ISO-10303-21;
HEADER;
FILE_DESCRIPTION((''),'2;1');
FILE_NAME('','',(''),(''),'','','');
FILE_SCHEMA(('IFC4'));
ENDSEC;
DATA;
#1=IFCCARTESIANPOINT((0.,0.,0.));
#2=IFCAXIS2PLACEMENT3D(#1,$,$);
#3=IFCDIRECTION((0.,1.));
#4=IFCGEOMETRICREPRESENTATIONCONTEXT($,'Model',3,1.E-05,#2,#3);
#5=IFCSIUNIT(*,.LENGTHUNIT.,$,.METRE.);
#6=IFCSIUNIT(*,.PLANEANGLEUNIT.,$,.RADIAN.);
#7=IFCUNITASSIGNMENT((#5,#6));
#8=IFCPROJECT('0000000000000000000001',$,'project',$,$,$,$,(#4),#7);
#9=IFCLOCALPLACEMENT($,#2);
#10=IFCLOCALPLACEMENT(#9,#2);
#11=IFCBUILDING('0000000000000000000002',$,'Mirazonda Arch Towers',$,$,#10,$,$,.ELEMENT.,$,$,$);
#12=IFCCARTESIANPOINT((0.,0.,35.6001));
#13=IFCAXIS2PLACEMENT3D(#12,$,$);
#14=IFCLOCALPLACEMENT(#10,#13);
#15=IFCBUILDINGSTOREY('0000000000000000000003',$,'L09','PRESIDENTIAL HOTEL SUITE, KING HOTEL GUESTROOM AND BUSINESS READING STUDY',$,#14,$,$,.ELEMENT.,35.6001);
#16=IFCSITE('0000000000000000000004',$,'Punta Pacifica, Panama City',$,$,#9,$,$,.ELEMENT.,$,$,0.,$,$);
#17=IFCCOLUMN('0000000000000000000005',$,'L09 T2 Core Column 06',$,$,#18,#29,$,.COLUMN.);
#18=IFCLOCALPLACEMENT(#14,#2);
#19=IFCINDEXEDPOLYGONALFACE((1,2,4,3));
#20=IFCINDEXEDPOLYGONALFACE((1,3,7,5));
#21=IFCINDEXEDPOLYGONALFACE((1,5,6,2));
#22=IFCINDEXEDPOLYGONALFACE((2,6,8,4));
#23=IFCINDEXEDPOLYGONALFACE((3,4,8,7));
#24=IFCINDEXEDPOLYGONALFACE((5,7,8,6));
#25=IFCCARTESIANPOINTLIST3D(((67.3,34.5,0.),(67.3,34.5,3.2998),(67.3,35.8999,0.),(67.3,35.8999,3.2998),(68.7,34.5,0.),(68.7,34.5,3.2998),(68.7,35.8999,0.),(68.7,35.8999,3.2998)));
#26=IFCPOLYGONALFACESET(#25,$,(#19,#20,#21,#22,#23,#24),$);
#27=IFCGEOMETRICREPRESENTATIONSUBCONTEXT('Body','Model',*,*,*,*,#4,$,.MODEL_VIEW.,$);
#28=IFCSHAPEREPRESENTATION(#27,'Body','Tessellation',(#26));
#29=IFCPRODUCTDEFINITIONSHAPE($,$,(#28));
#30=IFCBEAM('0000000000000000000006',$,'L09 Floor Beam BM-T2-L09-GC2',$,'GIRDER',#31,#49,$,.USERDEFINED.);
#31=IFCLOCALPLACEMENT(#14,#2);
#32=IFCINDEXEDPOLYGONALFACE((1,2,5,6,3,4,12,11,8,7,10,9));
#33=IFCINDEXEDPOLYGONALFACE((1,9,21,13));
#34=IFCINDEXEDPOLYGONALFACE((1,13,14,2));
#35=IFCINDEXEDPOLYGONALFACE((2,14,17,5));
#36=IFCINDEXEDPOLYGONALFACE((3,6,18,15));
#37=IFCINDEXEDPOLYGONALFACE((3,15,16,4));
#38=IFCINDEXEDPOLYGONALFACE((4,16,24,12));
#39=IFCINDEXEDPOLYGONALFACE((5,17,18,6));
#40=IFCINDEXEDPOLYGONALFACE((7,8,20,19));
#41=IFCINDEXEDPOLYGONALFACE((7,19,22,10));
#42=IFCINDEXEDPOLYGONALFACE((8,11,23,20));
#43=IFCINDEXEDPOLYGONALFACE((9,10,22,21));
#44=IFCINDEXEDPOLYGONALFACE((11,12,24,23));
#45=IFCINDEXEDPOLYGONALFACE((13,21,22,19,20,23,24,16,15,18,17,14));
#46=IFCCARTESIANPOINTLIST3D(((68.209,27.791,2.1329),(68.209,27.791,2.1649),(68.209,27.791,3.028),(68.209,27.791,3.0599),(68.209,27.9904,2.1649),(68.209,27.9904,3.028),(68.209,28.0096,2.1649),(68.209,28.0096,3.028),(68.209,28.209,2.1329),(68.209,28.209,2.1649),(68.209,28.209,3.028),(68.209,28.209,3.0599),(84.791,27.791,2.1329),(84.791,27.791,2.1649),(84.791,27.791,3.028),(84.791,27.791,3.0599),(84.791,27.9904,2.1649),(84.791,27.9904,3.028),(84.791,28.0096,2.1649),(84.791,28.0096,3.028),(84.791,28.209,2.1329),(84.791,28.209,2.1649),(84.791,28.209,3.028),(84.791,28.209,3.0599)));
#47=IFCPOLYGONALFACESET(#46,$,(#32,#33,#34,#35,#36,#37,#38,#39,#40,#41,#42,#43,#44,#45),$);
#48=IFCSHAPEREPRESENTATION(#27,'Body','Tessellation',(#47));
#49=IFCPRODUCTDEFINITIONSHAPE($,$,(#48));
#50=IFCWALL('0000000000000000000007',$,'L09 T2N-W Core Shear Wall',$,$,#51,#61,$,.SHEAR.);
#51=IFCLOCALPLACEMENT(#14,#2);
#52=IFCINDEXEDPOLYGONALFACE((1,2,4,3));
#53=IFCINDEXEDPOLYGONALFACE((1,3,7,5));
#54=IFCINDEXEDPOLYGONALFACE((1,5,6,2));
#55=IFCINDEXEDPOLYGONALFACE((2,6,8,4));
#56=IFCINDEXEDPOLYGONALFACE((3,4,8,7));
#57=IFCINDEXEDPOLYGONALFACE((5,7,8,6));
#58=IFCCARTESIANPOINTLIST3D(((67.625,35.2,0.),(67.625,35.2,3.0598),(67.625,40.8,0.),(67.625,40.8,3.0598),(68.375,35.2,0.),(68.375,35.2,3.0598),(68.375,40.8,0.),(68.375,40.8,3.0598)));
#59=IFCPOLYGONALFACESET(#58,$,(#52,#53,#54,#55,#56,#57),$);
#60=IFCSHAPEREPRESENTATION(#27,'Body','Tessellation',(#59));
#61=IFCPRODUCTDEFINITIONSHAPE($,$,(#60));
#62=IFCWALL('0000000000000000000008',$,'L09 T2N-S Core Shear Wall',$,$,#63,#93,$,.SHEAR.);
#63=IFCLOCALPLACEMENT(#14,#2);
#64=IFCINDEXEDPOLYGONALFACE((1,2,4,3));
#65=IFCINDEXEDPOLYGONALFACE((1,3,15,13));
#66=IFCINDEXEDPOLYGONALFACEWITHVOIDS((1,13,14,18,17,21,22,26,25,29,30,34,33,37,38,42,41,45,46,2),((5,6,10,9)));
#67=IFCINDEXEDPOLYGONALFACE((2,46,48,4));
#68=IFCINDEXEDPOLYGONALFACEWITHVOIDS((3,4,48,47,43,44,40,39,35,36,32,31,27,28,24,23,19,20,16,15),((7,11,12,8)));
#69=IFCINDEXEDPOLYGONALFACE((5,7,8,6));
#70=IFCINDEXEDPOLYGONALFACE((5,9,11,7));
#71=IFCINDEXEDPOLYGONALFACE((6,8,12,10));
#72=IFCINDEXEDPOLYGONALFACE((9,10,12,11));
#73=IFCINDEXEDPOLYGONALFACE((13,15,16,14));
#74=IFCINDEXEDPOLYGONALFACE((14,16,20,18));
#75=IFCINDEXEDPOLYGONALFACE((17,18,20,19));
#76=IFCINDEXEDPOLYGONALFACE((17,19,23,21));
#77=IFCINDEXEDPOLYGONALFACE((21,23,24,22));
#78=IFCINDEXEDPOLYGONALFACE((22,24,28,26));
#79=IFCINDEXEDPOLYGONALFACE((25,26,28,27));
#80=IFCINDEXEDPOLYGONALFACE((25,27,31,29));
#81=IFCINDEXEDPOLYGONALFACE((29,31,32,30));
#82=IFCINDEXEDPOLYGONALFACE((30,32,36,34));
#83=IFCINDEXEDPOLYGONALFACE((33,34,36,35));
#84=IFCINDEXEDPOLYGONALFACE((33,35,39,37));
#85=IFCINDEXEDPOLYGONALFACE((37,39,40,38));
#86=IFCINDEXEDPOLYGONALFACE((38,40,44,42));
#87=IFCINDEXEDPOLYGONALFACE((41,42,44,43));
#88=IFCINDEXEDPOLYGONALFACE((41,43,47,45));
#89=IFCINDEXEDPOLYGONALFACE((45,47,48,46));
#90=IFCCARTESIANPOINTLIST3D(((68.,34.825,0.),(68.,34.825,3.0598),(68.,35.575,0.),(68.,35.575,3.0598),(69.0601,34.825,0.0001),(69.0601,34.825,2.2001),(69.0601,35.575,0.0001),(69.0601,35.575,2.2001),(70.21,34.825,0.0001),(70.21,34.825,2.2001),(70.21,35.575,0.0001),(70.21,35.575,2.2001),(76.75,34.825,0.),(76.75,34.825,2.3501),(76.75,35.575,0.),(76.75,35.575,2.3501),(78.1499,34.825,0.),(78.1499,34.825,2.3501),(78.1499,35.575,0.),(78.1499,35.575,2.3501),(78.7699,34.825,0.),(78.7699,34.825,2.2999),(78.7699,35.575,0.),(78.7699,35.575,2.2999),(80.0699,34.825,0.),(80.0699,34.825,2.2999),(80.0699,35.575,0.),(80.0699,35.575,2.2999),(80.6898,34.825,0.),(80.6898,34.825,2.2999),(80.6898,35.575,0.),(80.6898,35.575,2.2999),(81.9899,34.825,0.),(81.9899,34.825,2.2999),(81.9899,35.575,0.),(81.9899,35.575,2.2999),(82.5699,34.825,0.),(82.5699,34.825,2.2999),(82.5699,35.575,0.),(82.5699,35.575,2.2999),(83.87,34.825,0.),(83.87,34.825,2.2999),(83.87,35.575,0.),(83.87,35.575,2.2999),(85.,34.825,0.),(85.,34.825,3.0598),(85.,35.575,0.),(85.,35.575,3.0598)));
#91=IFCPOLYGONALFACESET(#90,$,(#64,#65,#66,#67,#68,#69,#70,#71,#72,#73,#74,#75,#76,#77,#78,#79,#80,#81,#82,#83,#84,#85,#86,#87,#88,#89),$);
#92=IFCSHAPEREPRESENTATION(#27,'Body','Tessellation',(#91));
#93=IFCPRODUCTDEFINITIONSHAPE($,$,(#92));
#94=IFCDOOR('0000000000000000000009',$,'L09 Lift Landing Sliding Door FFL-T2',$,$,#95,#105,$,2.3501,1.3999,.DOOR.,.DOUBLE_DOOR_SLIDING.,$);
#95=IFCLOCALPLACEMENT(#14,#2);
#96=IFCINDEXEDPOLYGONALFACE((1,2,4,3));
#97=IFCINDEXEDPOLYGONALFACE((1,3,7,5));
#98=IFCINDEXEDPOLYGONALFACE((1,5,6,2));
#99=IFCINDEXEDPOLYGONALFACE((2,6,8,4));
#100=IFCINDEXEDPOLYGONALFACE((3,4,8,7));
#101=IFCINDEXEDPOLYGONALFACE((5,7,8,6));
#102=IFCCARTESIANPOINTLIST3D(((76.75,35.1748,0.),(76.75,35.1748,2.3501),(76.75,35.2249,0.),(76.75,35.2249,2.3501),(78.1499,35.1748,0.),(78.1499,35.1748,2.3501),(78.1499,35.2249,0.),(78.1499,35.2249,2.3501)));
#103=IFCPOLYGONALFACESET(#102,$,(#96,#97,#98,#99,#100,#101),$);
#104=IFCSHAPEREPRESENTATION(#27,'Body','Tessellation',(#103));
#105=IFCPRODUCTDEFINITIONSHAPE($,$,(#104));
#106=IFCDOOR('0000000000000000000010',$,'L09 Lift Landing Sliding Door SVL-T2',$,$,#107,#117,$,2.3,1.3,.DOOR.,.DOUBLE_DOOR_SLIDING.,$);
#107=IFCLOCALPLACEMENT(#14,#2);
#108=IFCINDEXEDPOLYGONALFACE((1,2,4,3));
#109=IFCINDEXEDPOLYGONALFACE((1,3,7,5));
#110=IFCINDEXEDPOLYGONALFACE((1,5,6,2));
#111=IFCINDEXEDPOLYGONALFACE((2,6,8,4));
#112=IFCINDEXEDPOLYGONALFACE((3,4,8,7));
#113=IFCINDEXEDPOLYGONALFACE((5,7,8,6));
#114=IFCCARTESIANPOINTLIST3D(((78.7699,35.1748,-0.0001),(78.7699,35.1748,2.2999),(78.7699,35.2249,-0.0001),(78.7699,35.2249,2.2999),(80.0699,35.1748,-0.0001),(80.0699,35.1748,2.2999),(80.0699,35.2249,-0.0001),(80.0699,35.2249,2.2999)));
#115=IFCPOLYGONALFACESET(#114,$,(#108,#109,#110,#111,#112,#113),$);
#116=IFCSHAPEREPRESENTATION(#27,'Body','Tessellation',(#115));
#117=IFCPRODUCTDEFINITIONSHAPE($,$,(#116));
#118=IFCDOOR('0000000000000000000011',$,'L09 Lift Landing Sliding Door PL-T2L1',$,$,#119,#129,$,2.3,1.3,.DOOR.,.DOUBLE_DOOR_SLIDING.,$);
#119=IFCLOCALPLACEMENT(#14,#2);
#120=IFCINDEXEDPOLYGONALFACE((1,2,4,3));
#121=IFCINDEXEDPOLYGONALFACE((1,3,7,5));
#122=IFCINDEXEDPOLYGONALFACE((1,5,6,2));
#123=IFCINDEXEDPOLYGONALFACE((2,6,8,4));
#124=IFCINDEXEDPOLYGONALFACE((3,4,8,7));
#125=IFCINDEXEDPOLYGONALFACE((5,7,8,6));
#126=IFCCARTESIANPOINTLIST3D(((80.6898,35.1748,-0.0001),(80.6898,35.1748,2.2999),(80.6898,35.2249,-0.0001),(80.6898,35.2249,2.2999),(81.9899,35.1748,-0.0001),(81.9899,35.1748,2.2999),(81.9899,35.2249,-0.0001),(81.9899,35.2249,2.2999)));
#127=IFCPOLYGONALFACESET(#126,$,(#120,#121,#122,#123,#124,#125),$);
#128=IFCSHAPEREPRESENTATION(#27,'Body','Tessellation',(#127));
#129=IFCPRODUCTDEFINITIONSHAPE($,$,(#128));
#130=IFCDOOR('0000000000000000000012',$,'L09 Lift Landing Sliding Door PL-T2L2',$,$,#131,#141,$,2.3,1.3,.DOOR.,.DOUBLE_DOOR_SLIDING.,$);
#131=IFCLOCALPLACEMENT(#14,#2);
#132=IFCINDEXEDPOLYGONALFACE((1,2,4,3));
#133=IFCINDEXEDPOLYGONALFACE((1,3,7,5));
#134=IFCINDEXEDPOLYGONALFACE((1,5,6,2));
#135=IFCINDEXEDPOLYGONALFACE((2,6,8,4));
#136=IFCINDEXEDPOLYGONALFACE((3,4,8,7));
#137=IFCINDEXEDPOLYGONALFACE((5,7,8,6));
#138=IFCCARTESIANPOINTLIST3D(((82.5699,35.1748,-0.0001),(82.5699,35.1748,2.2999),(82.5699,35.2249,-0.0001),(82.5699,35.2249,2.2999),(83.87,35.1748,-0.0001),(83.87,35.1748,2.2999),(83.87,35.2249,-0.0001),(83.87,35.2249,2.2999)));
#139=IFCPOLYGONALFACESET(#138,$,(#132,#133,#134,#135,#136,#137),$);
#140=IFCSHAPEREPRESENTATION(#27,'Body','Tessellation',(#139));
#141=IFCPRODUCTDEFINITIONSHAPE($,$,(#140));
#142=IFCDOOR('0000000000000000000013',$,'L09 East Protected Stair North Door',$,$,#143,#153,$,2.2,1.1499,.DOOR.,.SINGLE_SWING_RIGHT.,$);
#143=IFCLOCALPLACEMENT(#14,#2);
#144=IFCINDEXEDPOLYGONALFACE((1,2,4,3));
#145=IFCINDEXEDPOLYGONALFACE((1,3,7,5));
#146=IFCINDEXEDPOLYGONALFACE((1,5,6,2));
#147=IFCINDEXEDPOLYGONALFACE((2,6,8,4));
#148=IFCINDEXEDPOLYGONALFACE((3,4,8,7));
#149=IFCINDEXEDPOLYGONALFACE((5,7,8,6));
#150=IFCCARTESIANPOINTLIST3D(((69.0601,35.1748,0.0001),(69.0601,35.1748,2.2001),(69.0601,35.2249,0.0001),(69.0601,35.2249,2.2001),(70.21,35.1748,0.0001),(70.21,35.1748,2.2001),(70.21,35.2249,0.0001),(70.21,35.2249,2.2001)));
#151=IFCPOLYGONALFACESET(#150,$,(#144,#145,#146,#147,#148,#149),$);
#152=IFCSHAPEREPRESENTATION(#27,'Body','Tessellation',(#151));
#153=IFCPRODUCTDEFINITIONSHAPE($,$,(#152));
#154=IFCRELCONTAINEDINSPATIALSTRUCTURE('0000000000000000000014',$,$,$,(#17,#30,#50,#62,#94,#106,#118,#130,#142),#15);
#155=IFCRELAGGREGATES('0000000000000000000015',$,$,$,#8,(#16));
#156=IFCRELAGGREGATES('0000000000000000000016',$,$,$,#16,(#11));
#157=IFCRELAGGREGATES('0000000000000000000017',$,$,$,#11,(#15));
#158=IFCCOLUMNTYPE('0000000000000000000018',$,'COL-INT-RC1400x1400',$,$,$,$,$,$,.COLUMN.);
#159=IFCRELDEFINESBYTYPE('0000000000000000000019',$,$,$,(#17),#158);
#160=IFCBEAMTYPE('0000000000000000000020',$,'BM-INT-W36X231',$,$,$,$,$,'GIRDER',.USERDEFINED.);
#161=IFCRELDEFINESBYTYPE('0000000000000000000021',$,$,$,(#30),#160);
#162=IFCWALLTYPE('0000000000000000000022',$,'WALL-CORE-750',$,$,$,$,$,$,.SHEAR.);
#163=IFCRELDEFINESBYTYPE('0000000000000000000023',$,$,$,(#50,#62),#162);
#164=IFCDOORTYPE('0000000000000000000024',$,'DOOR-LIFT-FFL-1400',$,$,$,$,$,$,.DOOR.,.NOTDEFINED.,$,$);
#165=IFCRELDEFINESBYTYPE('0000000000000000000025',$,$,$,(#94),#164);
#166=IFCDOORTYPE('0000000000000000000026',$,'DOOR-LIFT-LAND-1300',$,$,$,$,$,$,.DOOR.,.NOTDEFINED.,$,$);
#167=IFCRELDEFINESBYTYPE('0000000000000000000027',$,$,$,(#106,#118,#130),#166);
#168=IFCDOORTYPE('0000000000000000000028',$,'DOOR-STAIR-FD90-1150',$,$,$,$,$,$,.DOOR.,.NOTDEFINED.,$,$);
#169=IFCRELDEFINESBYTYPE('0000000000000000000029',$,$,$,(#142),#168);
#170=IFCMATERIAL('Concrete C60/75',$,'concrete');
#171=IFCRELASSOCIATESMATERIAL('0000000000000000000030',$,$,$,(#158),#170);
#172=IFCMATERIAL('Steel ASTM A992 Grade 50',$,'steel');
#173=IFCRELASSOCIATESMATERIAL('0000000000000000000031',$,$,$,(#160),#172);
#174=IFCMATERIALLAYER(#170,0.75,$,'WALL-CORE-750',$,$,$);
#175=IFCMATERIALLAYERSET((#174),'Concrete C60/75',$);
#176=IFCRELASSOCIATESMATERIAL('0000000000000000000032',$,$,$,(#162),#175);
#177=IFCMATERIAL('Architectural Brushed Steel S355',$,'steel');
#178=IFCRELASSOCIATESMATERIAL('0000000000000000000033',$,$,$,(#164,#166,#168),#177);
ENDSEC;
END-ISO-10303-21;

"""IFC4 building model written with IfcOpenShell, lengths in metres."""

from ifc_helpers import new_model, si_unit, direction, frame, frame_2d, origin, origin_2d, place, context, subcontext, project, spatial, rectangle, i_section, extrude, material, layer, layer_set, material_profile, profile_set, type_object, element, fill, save


model = new_model("IFC4")

# Units and contexts
model_context = context("Model", 3, precision=1e-05, world=origin(), true_north=direction((0.0, 1.0)))
body_context = subcontext(model_context, "Body", "Model", "MODEL_VIEW")
ifc_project = project(units=[si_unit("LENGTHUNIT", "METRE"), si_unit("PLANEANGLEUNIT", "RADIAN")], contexts=[model_context])

# Site, building, storey
site_placement = place(None, origin())
site = spatial("IfcSite", under=ifc_project, at=site_placement, Name="Punta Pacifica, Panama City", CompositionType="ELEMENT", RefElevation=0.0)
building_placement = place(site_placement, origin())
building = spatial("IfcBuilding", under=site, at=building_placement, Name="Mirazonda Arch Towers", CompositionType="ELEMENT")
storey_placement = place(building_placement, frame((0.0, 0.0, 35.6001)))
storey = spatial("IfcBuildingStorey", under=building, at=storey_placement, Name="L09", Description="PRESIDENTIAL HOTEL SUITE, KING HOTEL GUESTROOM AND BUSINESS READING STUDY", CompositionType="ELEMENT", Elevation=35.6001)

# Column
ifc_material_1 = material(Name="Concrete C60/75", Category="concrete")
ifc_material_profile_1 = material_profile(ifc_material_1, rectangle(XDim=1.3999, YDim=1.3999, at=origin_2d()), Name="RC1400x1400")
ifc_profile_set_1 = profile_set([ifc_material_profile_1], Name="Concrete C60/75")
column_type = type_object("IfcColumnType", Name="COL-INT-RC1400x1400", PredefinedType="COLUMN", material=ifc_profile_set_1)
column_placement = place(storey_placement, frame((68.0, 35.2, 0.0), z_axis=(0.0, 0.0, 1.0), x_axis=(1.0, 0.0, 0.0)))
element("IfcColumn", 1, at=column_placement, inside=storey, type_object=column_type, Name="L09 T2 Core Column 06", PredefinedType="COLUMN", context=body_context, shape_type="SweptSolid", body=[
    extrude(rectangle(XDim=1.3999, YDim=1.3999, at=origin_2d()), origin(), (0.0, 0.0, 1.0), 3.2998),
])

# Beam
ifc_material_2 = material(Name="Steel ASTM A992 Grade 50", Category="steel")
ifc_material_profile_2 = material_profile(ifc_material_2, i_section(OverallWidth=0.418, OverallDepth=0.927, WebThickness=0.0193, FlangeThickness=0.032, at=origin_2d()), Name="W36X231")
ifc_profile_set_2 = profile_set([ifc_material_profile_2], Name="Steel ASTM A992 Grade 50")
beam_type = type_object("IfcBeamType", Name="BM-INT-W36X231", ElementType="GIRDER", PredefinedType="USERDEFINED", material=ifc_profile_set_2)
beam_placement = place(storey_placement, frame((68.209, 28.0, 2.5964), z_axis=(1.0, 0.0, 0.0), x_axis=(0.0, 1.0, 0.0)))
element("IfcBeam", 2, at=beam_placement, inside=storey, type_object=beam_type, Name="L09 Floor Beam BM-T2-L09-GC2", ObjectType="GIRDER", PredefinedType="USERDEFINED", context=body_context, shape_type="SweptSolid", body=[
    extrude(i_section(OverallWidth=0.418, OverallDepth=0.927, WebThickness=0.0193, FlangeThickness=0.032, at=origin_2d()), origin(), (0.0, 0.0, 1.0), 16.582),
])

# Wall
ifc_layer_1 = layer(ifc_material_1, 0.75, Name="WALL-CORE-750")
ifc_layer_set_1 = layer_set([ifc_layer_1], Name="Concrete C60/75")
wall_type_1 = type_object("IfcWallType", Name="WALL-CORE-750", PredefinedType="SHEAR", material=ifc_layer_set_1)
wall_1_placement = place(storey_placement, frame((68.0, 35.2, 0.0), z_axis=(0.0, 0.0, 1.0), x_axis=(0.0, 1.0, 0.0)))
element("IfcWall", 3, at=wall_1_placement, inside=storey, type_object=wall_type_1, Name="L09 T2N-W Core Shear Wall", PredefinedType="SHEAR", context=body_context, shape_type="SweptSolid", body=[
    extrude(rectangle(XDim=5.6001, YDim=0.75, at=frame_2d((2.8, 0.0))), origin(), (0.0, 0.0, 1.0), 3.0598),
])

# Wall, openings, doors
wall_2_placement = place(storey_placement, frame((68.0, 35.2, 0.0), z_axis=(0.0, 0.0, 1.0), x_axis=(1.0, 0.0, 0.0)))
wall_2 = element("IfcWall", 4, at=wall_2_placement, inside=storey, type_object=wall_type_1, Name="L09 T2N-S Core Shear Wall", PredefinedType="SHEAR", context=body_context, shape_type="SweptSolid", body=[
    extrude(rectangle(XDim=17.0, YDim=0.75, at=frame_2d((8.5, 0.0))), origin(), (0.0, 0.0, 1.0), 3.0598),
])
opening_1_placement = place(wall_2_placement, frame((1.0601, 0.0, 0.0)))
opening_1 = element("IfcOpeningElement", 5, at=opening_1_placement, cuts=wall_2, PredefinedType="OPENING", context=body_context, shape_type="SweptSolid", body=[
    extrude(rectangle(XDim=1.1499, YDim=2.2, at=frame_2d((0.575, 1.1001))), frame((0.0, 0.385, 0.0), z_axis=(0.0, -1.0, 0.0), x_axis=(1.0, 0.0, 0.0)), (0.0, 0.0, 1.0), 0.77),
])
opening_2_placement = place(wall_2_placement, frame((8.75, 0.0, 0.0)))
opening_2 = element("IfcOpeningElement", 6, at=opening_2_placement, cuts=wall_2, PredefinedType="OPENING", context=body_context, shape_type="SweptSolid", body=[
    extrude(rectangle(XDim=1.3999, YDim=2.3501, at=frame_2d((0.7, 1.175))), frame((0.0, 0.385, 0.0), z_axis=(0.0, -1.0, 0.0), x_axis=(1.0, 0.0, 0.0)), (0.0, 0.0, 1.0), 0.77),
])
opening_3_placement = place(wall_2_placement, frame((10.77, 0.0, 0.0)))
opening_3 = element("IfcOpeningElement", 7, at=opening_3_placement, cuts=wall_2, PredefinedType="OPENING", context=body_context, shape_type="SweptSolid", body=[
    extrude(rectangle(XDim=1.3, YDim=2.3, at=frame_2d((0.6499, 1.1499))), frame((0.0, 0.385, 0.0), z_axis=(0.0, -1.0, 0.0), x_axis=(1.0, 0.0, 0.0)), (0.0, 0.0, 1.0), 0.77),
])
opening_4_placement = place(wall_2_placement, frame((12.6899, 0.0, 0.0)))
opening_4 = element("IfcOpeningElement", 8, at=opening_4_placement, cuts=wall_2, PredefinedType="OPENING", context=body_context, shape_type="SweptSolid", body=[
    extrude(rectangle(XDim=1.3, YDim=2.3, at=frame_2d((0.6499, 1.1499))), frame((0.0, 0.385, 0.0), z_axis=(0.0, -1.0, 0.0), x_axis=(1.0, 0.0, 0.0)), (0.0, 0.0, 1.0), 0.77),
])
opening_5_placement = place(wall_2_placement, frame((14.5701, 0.0, 0.0)))
opening_5 = element("IfcOpeningElement", 9, at=opening_5_placement, cuts=wall_2, PredefinedType="OPENING", context=body_context, shape_type="SweptSolid", body=[
    extrude(rectangle(XDim=1.3, YDim=2.3, at=frame_2d((0.6499, 1.1499))), frame((0.0, 0.385, 0.0), z_axis=(0.0, -1.0, 0.0), x_axis=(1.0, 0.0, 0.0)), (0.0, 0.0, 1.0), 0.77),
])
ifc_material_3 = material(Name="Architectural Brushed Steel S355", Category="steel")
door_type_1 = type_object("IfcDoorType", Name="DOOR-LIFT-FFL-1400", OperationType="NOTDEFINED", PredefinedType="DOOR", material=ifc_material_3)
door_1_placement = place(opening_2_placement, origin())
door_1 = element("IfcDoor", 10, at=door_1_placement, inside=storey, type_object=door_type_1, Name="L09 Lift Landing Sliding Door FFL-T2", OperationType="DOUBLE_DOOR_SLIDING", OverallHeight=2.3501, OverallWidth=1.3999, PredefinedType="DOOR", context=body_context, shape_type="SweptSolid", body=[
    extrude(rectangle(XDim=1.3999, YDim=2.3501, at=frame_2d((0.7, 1.175))), frame((0.0, 0.0249, 0.0), z_axis=(0.0, -1.0, 0.0), x_axis=(1.0, 0.0, 0.0)), (0.0, 0.0, 1.0), 0.05),
])
fill(opening_2, door_1)
door_type_2 = type_object("IfcDoorType", Name="DOOR-LIFT-LAND-1300", OperationType="NOTDEFINED", PredefinedType="DOOR", material=ifc_material_3)
door_2_placement = place(opening_3_placement, origin())
door_2 = element("IfcDoor", 11, at=door_2_placement, inside=storey, type_object=door_type_2, Name="L09 Lift Landing Sliding Door SVL-T2", OperationType="DOUBLE_DOOR_SLIDING", OverallHeight=2.3, OverallWidth=1.3, PredefinedType="DOOR", context=body_context, shape_type="SweptSolid", body=[
    extrude(rectangle(XDim=1.3, YDim=2.3, at=frame_2d((0.6499, 1.1499))), frame((0.0, 0.0249, 0.0), z_axis=(0.0, -1.0, 0.0), x_axis=(1.0, 0.0, 0.0)), (0.0, 0.0, 1.0), 0.05),
])
fill(opening_3, door_2)
door_3_placement = place(opening_4_placement, origin())
door_3 = element("IfcDoor", 12, at=door_3_placement, inside=storey, type_object=door_type_2, Name="L09 Lift Landing Sliding Door PL-T2L1", OperationType="DOUBLE_DOOR_SLIDING", OverallHeight=2.3, OverallWidth=1.3, PredefinedType="DOOR", context=body_context, shape_type="SweptSolid", body=[
    extrude(rectangle(XDim=1.3, YDim=2.3, at=frame_2d((0.6499, 1.1499))), frame((0.0, 0.0249, 0.0), z_axis=(0.0, -1.0, 0.0), x_axis=(1.0, 0.0, 0.0)), (0.0, 0.0, 1.0), 0.05),
])
fill(opening_4, door_3)
door_4_placement = place(opening_5_placement, origin())
door_4 = element("IfcDoor", 13, at=door_4_placement, inside=storey, type_object=door_type_2, Name="L09 Lift Landing Sliding Door PL-T2L2", OperationType="DOUBLE_DOOR_SLIDING", OverallHeight=2.3, OverallWidth=1.3, PredefinedType="DOOR", context=body_context, shape_type="SweptSolid", body=[
    extrude(rectangle(XDim=1.3, YDim=2.3, at=frame_2d((0.6499, 1.1499))), frame((0.0, 0.0249, 0.0), z_axis=(0.0, -1.0, 0.0), x_axis=(1.0, 0.0, 0.0)), (0.0, 0.0, 1.0), 0.05),
])
fill(opening_5, door_4)
door_type_3 = type_object("IfcDoorType", Name="DOOR-STAIR-FD90-1150", OperationType="NOTDEFINED", PredefinedType="DOOR", material=ifc_material_3)
door_5_placement = place(opening_1_placement, origin())
door_5 = element("IfcDoor", 14, at=door_5_placement, inside=storey, type_object=door_type_3, Name="L09 East Protected Stair North Door", OperationType="SINGLE_SWING_RIGHT", OverallHeight=2.2, OverallWidth=1.1499, PredefinedType="DOOR", context=body_context, shape_type="SweptSolid", body=[
    extrude(rectangle(XDim=1.1499, YDim=2.2, at=frame_2d((0.575, 1.1001))), frame((0.0, 0.0249, 0.0), z_axis=(0.0, -1.0, 0.0), x_axis=(1.0, 0.0, 0.0)), (0.0, 0.0, 1.0), 0.05),
])
fill(opening_1, door_5)

save(model, "model.ifc")
